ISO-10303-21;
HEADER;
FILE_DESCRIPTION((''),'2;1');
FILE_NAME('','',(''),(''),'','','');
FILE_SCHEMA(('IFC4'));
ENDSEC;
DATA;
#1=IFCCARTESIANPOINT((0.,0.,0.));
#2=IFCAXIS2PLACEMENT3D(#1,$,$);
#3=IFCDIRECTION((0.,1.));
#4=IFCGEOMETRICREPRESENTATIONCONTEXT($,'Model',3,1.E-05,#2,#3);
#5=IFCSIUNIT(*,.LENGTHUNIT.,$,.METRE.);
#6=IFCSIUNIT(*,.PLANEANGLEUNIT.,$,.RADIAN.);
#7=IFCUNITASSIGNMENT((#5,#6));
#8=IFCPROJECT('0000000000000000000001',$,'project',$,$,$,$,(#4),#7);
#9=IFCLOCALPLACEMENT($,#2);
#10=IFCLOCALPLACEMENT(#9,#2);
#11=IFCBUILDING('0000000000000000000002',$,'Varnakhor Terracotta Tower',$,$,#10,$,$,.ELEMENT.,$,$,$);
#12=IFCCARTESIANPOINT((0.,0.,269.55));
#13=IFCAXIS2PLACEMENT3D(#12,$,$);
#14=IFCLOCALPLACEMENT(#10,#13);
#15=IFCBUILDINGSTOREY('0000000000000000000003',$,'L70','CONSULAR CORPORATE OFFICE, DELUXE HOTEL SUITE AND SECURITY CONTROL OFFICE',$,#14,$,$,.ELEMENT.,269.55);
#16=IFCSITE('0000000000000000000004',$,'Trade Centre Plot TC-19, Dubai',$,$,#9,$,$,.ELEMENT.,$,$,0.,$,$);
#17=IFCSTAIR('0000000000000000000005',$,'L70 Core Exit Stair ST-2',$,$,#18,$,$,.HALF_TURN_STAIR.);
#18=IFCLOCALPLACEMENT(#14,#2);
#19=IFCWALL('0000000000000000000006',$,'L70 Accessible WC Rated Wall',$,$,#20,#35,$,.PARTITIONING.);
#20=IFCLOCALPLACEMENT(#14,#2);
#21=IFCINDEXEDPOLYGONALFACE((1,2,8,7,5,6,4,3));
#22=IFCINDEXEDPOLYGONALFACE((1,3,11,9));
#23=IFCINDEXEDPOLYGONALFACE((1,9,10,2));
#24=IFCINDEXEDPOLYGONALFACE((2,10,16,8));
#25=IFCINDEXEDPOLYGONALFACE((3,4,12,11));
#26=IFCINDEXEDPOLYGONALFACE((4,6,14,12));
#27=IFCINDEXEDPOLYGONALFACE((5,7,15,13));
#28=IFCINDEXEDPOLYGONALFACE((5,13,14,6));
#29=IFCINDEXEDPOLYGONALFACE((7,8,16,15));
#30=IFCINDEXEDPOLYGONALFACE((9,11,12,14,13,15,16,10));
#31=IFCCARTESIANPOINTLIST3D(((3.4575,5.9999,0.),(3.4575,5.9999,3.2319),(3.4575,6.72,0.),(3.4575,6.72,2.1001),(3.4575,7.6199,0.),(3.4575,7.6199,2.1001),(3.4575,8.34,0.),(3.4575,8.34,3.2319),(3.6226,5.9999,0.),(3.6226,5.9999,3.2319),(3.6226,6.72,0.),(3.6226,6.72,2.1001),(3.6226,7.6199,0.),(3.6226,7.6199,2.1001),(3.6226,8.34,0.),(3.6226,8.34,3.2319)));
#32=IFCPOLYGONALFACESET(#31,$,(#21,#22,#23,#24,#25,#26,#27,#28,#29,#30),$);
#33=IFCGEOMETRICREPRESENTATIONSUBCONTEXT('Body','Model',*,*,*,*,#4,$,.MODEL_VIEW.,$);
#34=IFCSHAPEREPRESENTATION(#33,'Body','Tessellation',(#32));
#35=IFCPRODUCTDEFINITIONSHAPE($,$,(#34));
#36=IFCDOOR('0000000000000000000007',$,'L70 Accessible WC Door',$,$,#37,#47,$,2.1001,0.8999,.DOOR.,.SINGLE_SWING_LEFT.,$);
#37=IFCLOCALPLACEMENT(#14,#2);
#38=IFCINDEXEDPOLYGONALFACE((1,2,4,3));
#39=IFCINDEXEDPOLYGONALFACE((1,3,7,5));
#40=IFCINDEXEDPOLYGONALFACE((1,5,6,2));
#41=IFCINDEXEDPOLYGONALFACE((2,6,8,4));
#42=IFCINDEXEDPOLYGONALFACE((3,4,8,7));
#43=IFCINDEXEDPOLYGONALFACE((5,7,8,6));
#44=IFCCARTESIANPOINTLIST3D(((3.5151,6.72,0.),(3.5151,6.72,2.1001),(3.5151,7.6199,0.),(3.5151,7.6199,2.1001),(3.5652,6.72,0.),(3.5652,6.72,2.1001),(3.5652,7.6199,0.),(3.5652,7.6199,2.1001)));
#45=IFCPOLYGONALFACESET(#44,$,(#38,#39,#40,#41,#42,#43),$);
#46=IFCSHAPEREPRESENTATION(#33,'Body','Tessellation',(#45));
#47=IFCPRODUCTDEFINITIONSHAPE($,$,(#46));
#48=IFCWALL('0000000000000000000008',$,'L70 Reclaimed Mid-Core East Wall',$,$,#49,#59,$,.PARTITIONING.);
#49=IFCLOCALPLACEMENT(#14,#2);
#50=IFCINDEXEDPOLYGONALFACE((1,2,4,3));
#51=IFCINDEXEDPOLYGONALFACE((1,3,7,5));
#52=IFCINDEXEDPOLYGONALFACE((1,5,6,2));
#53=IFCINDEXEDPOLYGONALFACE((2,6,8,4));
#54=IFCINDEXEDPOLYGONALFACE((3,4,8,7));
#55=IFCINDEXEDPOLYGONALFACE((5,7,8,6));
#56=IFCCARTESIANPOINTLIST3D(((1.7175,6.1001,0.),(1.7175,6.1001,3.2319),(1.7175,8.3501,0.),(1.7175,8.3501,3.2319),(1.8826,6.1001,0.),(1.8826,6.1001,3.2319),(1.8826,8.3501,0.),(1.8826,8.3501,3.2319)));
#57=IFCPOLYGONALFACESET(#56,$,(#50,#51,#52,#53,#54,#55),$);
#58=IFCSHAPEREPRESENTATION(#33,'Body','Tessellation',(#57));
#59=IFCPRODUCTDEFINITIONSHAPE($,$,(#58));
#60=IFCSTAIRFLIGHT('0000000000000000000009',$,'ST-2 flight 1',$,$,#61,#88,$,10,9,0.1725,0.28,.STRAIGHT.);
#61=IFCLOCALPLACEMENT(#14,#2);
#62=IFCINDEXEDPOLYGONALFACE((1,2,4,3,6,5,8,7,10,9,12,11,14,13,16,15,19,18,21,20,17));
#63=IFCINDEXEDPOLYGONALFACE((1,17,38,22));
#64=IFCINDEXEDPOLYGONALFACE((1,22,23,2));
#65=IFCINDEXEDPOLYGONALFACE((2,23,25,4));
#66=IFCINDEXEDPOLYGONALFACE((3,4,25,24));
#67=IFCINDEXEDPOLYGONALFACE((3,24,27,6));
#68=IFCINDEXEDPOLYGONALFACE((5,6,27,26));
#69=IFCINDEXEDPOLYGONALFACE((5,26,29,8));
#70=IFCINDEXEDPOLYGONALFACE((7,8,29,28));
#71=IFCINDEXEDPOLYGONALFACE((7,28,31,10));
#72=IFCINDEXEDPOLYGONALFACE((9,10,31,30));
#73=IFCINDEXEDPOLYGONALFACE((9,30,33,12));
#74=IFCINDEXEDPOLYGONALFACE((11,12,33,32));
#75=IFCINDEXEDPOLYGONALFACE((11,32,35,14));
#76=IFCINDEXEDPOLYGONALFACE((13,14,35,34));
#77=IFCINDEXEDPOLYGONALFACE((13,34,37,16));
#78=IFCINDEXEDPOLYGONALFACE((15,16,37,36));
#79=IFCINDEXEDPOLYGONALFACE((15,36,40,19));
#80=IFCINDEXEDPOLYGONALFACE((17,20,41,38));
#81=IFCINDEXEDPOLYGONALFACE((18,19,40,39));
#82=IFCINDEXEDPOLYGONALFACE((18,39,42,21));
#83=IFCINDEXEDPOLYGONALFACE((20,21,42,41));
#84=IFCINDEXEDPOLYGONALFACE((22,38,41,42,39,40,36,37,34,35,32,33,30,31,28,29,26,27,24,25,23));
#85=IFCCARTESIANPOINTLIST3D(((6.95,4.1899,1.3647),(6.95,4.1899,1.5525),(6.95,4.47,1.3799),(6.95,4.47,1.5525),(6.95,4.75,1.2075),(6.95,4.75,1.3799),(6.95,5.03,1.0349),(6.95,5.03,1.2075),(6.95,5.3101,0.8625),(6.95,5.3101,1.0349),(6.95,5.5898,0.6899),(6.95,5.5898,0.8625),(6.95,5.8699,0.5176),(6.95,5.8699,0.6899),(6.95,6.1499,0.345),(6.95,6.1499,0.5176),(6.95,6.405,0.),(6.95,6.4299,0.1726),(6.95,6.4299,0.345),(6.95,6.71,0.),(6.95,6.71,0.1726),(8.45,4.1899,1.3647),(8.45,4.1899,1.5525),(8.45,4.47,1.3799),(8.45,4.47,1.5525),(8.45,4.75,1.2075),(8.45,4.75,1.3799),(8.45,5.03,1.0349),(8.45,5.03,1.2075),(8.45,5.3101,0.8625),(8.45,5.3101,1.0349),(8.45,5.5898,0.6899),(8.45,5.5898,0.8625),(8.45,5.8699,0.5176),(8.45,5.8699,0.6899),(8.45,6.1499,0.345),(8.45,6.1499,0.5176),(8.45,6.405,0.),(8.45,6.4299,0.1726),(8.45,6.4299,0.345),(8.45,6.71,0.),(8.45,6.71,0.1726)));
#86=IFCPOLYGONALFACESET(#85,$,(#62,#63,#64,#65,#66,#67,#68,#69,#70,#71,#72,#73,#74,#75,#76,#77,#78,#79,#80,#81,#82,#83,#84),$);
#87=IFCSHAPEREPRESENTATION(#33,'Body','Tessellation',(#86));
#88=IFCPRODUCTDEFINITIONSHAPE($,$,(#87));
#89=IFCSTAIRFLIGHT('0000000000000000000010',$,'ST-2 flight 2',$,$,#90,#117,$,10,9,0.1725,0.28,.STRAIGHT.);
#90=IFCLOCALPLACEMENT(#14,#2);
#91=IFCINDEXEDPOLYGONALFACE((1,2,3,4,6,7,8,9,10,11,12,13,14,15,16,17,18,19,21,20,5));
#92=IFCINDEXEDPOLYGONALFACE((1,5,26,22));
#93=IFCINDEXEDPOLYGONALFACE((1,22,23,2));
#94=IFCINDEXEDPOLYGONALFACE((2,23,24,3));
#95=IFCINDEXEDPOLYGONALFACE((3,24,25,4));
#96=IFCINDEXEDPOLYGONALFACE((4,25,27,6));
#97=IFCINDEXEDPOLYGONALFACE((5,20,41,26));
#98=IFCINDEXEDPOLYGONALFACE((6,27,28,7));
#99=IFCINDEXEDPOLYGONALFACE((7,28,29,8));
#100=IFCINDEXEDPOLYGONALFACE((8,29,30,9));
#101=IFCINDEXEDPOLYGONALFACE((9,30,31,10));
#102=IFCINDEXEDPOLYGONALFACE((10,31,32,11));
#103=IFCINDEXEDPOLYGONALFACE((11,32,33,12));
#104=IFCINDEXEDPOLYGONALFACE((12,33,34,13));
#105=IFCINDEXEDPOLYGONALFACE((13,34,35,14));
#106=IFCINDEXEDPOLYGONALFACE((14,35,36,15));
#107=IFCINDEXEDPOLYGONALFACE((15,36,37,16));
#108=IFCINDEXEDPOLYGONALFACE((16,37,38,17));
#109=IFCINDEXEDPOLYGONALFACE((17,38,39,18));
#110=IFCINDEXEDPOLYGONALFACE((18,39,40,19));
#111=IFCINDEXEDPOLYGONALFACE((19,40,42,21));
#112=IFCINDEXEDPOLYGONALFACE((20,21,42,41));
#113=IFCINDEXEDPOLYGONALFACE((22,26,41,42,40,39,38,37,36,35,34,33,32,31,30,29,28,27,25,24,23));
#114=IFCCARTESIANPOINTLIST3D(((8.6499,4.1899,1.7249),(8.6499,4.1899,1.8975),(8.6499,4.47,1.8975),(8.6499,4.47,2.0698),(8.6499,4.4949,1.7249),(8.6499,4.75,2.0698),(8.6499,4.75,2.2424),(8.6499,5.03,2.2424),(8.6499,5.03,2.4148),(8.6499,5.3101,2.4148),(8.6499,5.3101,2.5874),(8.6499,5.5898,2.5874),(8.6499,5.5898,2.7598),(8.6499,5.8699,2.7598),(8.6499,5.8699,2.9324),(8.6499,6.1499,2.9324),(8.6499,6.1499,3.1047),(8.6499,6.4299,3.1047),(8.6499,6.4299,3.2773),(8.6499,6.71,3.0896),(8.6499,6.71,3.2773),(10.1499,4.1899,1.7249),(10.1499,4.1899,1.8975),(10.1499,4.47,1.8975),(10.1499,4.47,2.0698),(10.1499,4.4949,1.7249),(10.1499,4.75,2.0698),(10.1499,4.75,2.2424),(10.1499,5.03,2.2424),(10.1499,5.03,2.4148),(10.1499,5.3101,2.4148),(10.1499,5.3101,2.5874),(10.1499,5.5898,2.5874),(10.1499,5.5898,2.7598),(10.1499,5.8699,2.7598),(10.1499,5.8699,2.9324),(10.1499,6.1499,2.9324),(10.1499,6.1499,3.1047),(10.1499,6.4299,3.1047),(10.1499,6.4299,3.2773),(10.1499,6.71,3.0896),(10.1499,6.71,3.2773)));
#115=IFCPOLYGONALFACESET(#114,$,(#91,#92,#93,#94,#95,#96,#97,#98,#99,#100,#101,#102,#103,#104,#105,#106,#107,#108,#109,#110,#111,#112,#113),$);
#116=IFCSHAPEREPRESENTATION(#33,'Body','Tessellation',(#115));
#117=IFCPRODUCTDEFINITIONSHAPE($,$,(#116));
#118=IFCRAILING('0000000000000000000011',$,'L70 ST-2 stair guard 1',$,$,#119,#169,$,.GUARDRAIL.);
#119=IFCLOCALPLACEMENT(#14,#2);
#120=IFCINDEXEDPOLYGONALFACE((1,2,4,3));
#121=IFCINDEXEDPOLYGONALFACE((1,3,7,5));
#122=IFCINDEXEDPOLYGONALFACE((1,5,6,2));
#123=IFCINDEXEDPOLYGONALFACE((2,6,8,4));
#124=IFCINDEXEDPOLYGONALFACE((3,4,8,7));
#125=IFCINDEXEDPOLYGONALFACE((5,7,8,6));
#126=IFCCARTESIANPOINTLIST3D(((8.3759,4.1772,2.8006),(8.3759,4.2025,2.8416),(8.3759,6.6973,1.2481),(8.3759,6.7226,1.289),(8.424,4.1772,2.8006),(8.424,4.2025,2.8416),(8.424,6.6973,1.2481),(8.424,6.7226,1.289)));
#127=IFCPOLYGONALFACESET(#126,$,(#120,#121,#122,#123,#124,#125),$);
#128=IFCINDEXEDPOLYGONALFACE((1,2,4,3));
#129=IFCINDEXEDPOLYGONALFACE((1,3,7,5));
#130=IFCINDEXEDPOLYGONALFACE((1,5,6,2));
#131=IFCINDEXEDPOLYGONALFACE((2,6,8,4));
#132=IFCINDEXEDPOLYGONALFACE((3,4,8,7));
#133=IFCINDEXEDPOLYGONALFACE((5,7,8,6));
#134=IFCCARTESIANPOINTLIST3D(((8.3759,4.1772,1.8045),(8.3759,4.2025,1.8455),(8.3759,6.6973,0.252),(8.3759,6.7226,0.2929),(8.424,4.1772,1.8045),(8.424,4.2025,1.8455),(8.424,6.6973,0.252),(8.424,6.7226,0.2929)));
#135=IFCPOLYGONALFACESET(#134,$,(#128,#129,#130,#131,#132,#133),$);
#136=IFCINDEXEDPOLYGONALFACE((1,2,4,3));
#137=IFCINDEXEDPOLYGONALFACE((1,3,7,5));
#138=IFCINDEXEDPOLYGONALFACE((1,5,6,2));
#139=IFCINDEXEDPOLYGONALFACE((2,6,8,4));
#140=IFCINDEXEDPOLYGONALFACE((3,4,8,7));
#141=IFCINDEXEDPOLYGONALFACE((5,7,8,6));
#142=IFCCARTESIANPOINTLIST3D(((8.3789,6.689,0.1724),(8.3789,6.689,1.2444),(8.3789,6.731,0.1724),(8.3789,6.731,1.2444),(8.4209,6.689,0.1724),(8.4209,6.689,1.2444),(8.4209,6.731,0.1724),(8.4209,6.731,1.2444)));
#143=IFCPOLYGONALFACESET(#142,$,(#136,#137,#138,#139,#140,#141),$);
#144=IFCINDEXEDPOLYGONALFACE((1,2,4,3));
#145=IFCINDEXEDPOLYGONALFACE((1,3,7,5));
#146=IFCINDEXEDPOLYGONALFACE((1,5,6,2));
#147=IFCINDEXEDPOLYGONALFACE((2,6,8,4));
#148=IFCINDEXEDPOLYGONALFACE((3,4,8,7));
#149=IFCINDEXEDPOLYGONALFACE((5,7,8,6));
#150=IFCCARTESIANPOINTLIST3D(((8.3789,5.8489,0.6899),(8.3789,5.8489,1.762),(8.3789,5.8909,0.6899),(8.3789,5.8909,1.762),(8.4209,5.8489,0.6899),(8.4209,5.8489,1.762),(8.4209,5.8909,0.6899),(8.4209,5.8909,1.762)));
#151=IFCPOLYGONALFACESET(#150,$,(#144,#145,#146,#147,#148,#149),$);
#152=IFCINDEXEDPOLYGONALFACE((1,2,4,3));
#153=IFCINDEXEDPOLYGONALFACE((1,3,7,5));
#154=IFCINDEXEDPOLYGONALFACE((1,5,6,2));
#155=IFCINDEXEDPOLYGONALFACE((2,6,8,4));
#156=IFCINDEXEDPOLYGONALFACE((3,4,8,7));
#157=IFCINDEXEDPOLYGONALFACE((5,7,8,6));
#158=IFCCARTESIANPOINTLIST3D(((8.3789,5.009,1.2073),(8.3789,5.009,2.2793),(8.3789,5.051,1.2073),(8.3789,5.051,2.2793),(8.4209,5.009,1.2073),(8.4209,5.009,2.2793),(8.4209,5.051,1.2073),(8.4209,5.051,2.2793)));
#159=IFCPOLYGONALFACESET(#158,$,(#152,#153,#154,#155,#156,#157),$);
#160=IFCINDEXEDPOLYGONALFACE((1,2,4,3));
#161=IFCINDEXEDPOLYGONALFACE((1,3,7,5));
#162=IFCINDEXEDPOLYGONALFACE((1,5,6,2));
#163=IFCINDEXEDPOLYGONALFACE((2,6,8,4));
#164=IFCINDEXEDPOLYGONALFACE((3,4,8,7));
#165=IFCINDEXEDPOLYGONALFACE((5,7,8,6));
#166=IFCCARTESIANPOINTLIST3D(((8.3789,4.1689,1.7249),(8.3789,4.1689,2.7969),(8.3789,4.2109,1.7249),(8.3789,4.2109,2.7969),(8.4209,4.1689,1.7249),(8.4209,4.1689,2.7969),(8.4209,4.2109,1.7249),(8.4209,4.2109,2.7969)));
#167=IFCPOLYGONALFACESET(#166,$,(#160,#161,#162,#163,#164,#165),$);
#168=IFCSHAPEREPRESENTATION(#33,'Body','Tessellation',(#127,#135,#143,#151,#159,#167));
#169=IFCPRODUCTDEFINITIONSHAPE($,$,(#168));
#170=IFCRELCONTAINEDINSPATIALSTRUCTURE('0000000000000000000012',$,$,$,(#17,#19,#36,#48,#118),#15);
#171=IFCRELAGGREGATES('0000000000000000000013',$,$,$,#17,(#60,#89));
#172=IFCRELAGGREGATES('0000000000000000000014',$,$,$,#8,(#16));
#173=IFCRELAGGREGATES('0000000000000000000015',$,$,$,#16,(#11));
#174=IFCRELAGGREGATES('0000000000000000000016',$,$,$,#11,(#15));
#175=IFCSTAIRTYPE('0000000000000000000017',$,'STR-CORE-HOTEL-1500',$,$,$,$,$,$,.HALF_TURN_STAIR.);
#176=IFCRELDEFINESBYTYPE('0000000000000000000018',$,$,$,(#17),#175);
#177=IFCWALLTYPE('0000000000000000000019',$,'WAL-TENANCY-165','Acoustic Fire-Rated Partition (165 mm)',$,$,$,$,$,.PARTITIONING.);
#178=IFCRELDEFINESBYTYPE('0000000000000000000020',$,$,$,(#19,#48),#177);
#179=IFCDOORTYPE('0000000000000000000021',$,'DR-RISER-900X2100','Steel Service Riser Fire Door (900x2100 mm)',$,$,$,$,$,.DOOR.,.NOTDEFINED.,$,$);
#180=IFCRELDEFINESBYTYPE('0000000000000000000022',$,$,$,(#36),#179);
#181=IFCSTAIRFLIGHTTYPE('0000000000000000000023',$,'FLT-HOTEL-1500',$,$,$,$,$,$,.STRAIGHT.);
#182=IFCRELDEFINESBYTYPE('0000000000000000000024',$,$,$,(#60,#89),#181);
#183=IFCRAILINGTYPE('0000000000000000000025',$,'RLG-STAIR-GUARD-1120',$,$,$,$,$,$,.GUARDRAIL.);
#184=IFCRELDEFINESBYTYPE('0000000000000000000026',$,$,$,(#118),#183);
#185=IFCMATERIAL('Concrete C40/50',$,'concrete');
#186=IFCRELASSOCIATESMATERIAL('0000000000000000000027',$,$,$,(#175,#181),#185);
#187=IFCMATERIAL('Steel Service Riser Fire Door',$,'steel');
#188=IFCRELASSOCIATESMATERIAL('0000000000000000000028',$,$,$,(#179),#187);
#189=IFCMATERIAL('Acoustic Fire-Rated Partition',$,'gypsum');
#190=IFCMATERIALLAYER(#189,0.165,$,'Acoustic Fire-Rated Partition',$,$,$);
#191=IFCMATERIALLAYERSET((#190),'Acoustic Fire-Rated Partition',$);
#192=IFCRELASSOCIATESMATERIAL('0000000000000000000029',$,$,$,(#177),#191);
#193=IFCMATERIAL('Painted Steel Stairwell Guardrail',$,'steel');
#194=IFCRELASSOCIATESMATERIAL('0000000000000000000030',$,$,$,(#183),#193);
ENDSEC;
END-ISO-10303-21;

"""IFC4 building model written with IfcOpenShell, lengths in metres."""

from ifc_helpers import new_model, si_unit, direction, frame, frame_2d, origin, origin_2d, place, context, subcontext, project, spatial, polyline, rectangle, outline, extrude, source, transform, mapped, material, layer, layer_set, type_object, type_shapes, element, fill, aggregate, save


model = new_model("IFC4")

# Units and contexts
model_context = context("Model", 3, precision=1e-05, world=origin(), true_north=direction((0.0, 1.0)))
body_context = subcontext(model_context, "Body", "Model", "MODEL_VIEW")
ifc_project = project(units=[si_unit("LENGTHUNIT", "METRE"), si_unit("PLANEANGLEUNIT", "RADIAN")], contexts=[model_context])

# Site, building, storey
site_placement = place(None, origin())
site = spatial("IfcSite", under=ifc_project, at=site_placement, Name="Trade Centre Plot TC-19, Dubai", CompositionType="ELEMENT", RefElevation=0.0)
building_placement = place(site_placement, origin())
building = spatial("IfcBuilding", under=site, at=building_placement, Name="Varnakhor Terracotta Tower", CompositionType="ELEMENT")
storey_placement = place(building_placement, frame((0.0, 0.0, 269.55)))
storey = spatial("IfcBuildingStorey", under=building, at=storey_placement, Name="L70", Description="CONSULAR CORPORATE OFFICE, DELUXE HOTEL SUITE AND SECURITY CONTROL OFFICE", CompositionType="ELEMENT", Elevation=269.55)

# Shared definitions
ifc_material_1 = material(Name="Concrete C40/50", Category="concrete")

# Stair
stair_type = type_object("IfcStairType", Name="STR-CORE-HOTEL-1500", PredefinedType="HALF_TURN_STAIR", material=ifc_material_1)
stair_1_placement = place(storey_placement, origin())
stair_1 = element("IfcStair", 1, at=stair_1_placement, inside=storey, type_object=stair_type, Name="L70 Core Exit Stair ST-2", PredefinedType="HALF_TURN_STAIR")

# Shared definitions
ifc_material_2 = material(Name="Acoustic Fire-Rated Partition", Category="gypsum")

# Wall, opening, door
ifc_material_3 = material(Name="Steel Service Riser Fire Door", Category="steel")
door_type_1 = type_object("IfcDoorType", Name="DR-RISER-900X2100", Description="Steel Service Riser Fire Door (900x2100 mm)", OperationType="NOTDEFINED", PredefinedType="DOOR", material=ifc_material_3)
shared_shape_1 = source(origin(), body_context, "Body", "SweptSolid", [
    extrude(rectangle(XDim=0.8999, YDim=2.1001, at=frame_2d((0.45, 1.05))), frame((0.0, 0.0249, 0.0), z_axis=(0.0, -1.0, 0.0), x_axis=(1.0, 0.0, 0.0)), (0.0, 0.0, 1.0), 0.05),
])
type_shapes(door_type_1, [shared_shape_1])
ifc_layer_1 = layer(ifc_material_2, 0.165, Name="Acoustic Fire-Rated Partition")
ifc_layer_set_1 = layer_set([ifc_layer_1], Name="Acoustic Fire-Rated Partition")
wall_type_1 = type_object("IfcWallType", Name="WAL-TENANCY-165", Description="Acoustic Fire-Rated Partition (165 mm)", PredefinedType="PARTITIONING", material=ifc_layer_set_1)
wall_1_placement = place(storey_placement, frame((3.54, 6.0, 0.0), z_axis=(0.0, 0.0, 1.0), x_axis=(0.0, 1.0, 0.0)))
wall_1 = element("IfcWall", 2, at=wall_1_placement, inside=storey, type_object=wall_type_1, Name="L70 Accessible WC Rated Wall", PredefinedType="PARTITIONING", context=body_context, shape_type="SweptSolid", body=[
    extrude(rectangle(XDim=2.3401, YDim=0.165, at=frame_2d((1.1699, 0.0))), origin(), (0.0, 0.0, 1.0), 3.2319),
])
opening_1_placement = place(wall_1_placement, frame((0.72, 0.0, 0.0)))
opening_1 = element("IfcOpeningElement", 3, at=opening_1_placement, cuts=wall_1, PredefinedType="OPENING", context=body_context, shape_type="SweptSolid", body=[
    extrude(rectangle(XDim=0.8999, YDim=2.1001, at=frame_2d((0.45, 1.05))), frame((0.0, 0.0925, 0.0), z_axis=(0.0, -1.0, 0.0), x_axis=(1.0, 0.0, 0.0)), (0.0, 0.0, 1.0), 0.1851),
])
door_1_placement = place(opening_1_placement, origin())
door_1 = element("IfcDoor", 4, at=door_1_placement, inside=storey, type_object=door_type_1, Name="L70 Accessible WC Door", OperationType="SINGLE_SWING_LEFT", OverallHeight=2.1001, OverallWidth=0.8999, PredefinedType="DOOR", context=body_context, shape_type="MappedRepresentation", body=[
    mapped(shared_shape_1, transform((0.0, 0.0, 0.0), scale=1.0)),
])
fill(opening_1, door_1)

# Wall
wall_2_placement = place(storey_placement, frame((1.8, 6.1001, 0.0), z_axis=(0.0, 0.0, 1.0), x_axis=(0.0, 1.0, 0.0)))
element("IfcWall", 5, at=wall_2_placement, inside=storey, type_object=wall_type_1, Name="L70 Reclaimed Mid-Core East Wall", PredefinedType="PARTITIONING", context=body_context, shape_type="SweptSolid", body=[
    extrude(rectangle(XDim=2.25, YDim=0.165, at=frame_2d((1.125, 0.0))), origin(), (0.0, 0.0, 1.0), 3.2319),
])

# Stair flights
stair_flight_type = type_object("IfcStairFlightType", Name="FLT-HOTEL-1500", PredefinedType="STRAIGHT", material=ifc_material_1)
stair_flight_1_placement = place(storey_placement, frame((7.7, 6.71, 0.0), z_axis=(0.0, 0.0, 1.0), x_axis=(0.0, -1.0, 0.0)))
stair_flight_1 = element("IfcStairFlight", 6, at=stair_flight_1_placement, type_object=stair_flight_type, Name="ST-2 flight 1", NumberOfRisers=10, NumberOfTreads=9, PredefinedType="STRAIGHT", RiserHeight=0.1725, TreadLength=0.28, context=body_context, shape_type="SweptSolid", body=[
    extrude(outline(polyline([(0.0, 0.0), (0.0, 0.1726), (0.28, 0.1726), (0.28, 0.345), (0.5601, 0.345), (0.5601, 0.5176), (0.8401, 0.5176), (0.8401, 0.6899), (1.1201, 0.6899), (1.1201, 0.8625), (1.3999, 0.8625), (1.3999, 1.0349), (1.6799, 1.0349), (1.6799, 1.2075), (1.96, 1.2075), (1.96, 1.3799), (2.24, 1.3799), (2.24, 1.5525), (2.52, 1.5525), (2.52, 1.7251), (2.52, 1.3647), (0.3049, 0.0), (0.0, 0.0)])), frame((0.0, 0.75, 0.0), z_axis=(0.0, -1.0, 0.0), x_axis=(1.0, 0.0, 0.0)), (0.0, 0.0, 1.0), 1.5),
])
stair_flight_2_placement = place(storey_placement, frame((9.3999, 4.1899, 1.7249), z_axis=(0.0, 0.0, 1.0), x_axis=(0.0, 1.0, 0.0)))
stair_flight_2 = element("IfcStairFlight", 7, at=stair_flight_2_placement, type_object=stair_flight_type, Name="ST-2 flight 2", NumberOfRisers=10, NumberOfTreads=9, PredefinedType="STRAIGHT", RiserHeight=0.1725, TreadLength=0.28, context=body_context, shape_type="SweptSolid", body=[
    extrude(outline(polyline([(0.0, 0.0), (0.0, 0.1726), (0.28, 0.1726), (0.28, 0.345), (0.5601, 0.345), (0.5601, 0.5176), (0.8401, 0.5176), (0.8401, 0.6899), (1.1201, 0.6899), (1.1201, 0.8625), (1.3999, 0.8625), (1.3999, 1.0349), (1.6799, 1.0349), (1.6799, 1.2075), (1.96, 1.2075), (1.96, 1.3799), (2.24, 1.3799), (2.24, 1.5525), (2.52, 1.5525), (2.52, 1.7251), (2.52, 1.3647), (0.3049, 0.0), (0.0, 0.0)])), frame((0.0, 0.75, 0.0), z_axis=(0.0, -1.0, 0.0), x_axis=(1.0, 0.0, 0.0)), (0.0, 0.0, 1.0), 1.5),
])
aggregate(stair_1, [stair_flight_1, stair_flight_2])

# Railing
ifc_material_4 = material(Name="Painted Steel Stairwell Guardrail", Category="steel")
railing_type_1 = type_object("IfcRailingType", Name="RLG-STAIR-GUARD-1120", PredefinedType="GUARDRAIL", material=ifc_material_4)
railing_1_placement = place(storey_placement, frame((8.3999, 6.71, 0.1724)))
element("IfcRailing", 8, at=railing_1_placement, inside=storey, type_object=railing_type_1, Name="L70 ST-2 stair guard 1", PredefinedType="GUARDRAIL", context=body_context, shape_type="SweptSolid", body=[
    extrude(rectangle(XDim=0.0481, YDim=0.0481, at=origin_2d()), frame((0.0, 0.0, 1.0962), z_axis=(0.0, -0.8514, 0.524516), x_axis=(1.0, 0.0, 0.0)), (0.0, 0.0, 1.0), 2.96),
    extrude(rectangle(XDim=0.0481, YDim=0.0481, at=origin_2d()), frame((0.0, 0.0, 0.1001), z_axis=(0.0, -0.8514, 0.524516), x_axis=(1.0, 0.0, 0.0)), (0.0, 0.0, 1.0), 2.96),
    extrude(rectangle(XDim=0.042, YDim=0.042, at=origin_2d()), origin(), (0.0, 0.0, 1.0), 1.072),
    extrude(rectangle(XDim=0.042, YDim=0.042, at=origin_2d()), frame((0.0, -0.8401, 0.5176)), (0.0, 0.0, 1.0), 1.072),
    extrude(rectangle(XDim=0.042, YDim=0.042, at=origin_2d()), frame((0.0, -1.6799, 1.0349)), (0.0, 0.0, 1.0), 1.072),
    extrude(rectangle(XDim=0.042, YDim=0.042, at=origin_2d()), frame((0.0, -2.52, 1.5525)), (0.0, 0.0, 1.0), 1.072),
])

save(model, "model.ifc")
